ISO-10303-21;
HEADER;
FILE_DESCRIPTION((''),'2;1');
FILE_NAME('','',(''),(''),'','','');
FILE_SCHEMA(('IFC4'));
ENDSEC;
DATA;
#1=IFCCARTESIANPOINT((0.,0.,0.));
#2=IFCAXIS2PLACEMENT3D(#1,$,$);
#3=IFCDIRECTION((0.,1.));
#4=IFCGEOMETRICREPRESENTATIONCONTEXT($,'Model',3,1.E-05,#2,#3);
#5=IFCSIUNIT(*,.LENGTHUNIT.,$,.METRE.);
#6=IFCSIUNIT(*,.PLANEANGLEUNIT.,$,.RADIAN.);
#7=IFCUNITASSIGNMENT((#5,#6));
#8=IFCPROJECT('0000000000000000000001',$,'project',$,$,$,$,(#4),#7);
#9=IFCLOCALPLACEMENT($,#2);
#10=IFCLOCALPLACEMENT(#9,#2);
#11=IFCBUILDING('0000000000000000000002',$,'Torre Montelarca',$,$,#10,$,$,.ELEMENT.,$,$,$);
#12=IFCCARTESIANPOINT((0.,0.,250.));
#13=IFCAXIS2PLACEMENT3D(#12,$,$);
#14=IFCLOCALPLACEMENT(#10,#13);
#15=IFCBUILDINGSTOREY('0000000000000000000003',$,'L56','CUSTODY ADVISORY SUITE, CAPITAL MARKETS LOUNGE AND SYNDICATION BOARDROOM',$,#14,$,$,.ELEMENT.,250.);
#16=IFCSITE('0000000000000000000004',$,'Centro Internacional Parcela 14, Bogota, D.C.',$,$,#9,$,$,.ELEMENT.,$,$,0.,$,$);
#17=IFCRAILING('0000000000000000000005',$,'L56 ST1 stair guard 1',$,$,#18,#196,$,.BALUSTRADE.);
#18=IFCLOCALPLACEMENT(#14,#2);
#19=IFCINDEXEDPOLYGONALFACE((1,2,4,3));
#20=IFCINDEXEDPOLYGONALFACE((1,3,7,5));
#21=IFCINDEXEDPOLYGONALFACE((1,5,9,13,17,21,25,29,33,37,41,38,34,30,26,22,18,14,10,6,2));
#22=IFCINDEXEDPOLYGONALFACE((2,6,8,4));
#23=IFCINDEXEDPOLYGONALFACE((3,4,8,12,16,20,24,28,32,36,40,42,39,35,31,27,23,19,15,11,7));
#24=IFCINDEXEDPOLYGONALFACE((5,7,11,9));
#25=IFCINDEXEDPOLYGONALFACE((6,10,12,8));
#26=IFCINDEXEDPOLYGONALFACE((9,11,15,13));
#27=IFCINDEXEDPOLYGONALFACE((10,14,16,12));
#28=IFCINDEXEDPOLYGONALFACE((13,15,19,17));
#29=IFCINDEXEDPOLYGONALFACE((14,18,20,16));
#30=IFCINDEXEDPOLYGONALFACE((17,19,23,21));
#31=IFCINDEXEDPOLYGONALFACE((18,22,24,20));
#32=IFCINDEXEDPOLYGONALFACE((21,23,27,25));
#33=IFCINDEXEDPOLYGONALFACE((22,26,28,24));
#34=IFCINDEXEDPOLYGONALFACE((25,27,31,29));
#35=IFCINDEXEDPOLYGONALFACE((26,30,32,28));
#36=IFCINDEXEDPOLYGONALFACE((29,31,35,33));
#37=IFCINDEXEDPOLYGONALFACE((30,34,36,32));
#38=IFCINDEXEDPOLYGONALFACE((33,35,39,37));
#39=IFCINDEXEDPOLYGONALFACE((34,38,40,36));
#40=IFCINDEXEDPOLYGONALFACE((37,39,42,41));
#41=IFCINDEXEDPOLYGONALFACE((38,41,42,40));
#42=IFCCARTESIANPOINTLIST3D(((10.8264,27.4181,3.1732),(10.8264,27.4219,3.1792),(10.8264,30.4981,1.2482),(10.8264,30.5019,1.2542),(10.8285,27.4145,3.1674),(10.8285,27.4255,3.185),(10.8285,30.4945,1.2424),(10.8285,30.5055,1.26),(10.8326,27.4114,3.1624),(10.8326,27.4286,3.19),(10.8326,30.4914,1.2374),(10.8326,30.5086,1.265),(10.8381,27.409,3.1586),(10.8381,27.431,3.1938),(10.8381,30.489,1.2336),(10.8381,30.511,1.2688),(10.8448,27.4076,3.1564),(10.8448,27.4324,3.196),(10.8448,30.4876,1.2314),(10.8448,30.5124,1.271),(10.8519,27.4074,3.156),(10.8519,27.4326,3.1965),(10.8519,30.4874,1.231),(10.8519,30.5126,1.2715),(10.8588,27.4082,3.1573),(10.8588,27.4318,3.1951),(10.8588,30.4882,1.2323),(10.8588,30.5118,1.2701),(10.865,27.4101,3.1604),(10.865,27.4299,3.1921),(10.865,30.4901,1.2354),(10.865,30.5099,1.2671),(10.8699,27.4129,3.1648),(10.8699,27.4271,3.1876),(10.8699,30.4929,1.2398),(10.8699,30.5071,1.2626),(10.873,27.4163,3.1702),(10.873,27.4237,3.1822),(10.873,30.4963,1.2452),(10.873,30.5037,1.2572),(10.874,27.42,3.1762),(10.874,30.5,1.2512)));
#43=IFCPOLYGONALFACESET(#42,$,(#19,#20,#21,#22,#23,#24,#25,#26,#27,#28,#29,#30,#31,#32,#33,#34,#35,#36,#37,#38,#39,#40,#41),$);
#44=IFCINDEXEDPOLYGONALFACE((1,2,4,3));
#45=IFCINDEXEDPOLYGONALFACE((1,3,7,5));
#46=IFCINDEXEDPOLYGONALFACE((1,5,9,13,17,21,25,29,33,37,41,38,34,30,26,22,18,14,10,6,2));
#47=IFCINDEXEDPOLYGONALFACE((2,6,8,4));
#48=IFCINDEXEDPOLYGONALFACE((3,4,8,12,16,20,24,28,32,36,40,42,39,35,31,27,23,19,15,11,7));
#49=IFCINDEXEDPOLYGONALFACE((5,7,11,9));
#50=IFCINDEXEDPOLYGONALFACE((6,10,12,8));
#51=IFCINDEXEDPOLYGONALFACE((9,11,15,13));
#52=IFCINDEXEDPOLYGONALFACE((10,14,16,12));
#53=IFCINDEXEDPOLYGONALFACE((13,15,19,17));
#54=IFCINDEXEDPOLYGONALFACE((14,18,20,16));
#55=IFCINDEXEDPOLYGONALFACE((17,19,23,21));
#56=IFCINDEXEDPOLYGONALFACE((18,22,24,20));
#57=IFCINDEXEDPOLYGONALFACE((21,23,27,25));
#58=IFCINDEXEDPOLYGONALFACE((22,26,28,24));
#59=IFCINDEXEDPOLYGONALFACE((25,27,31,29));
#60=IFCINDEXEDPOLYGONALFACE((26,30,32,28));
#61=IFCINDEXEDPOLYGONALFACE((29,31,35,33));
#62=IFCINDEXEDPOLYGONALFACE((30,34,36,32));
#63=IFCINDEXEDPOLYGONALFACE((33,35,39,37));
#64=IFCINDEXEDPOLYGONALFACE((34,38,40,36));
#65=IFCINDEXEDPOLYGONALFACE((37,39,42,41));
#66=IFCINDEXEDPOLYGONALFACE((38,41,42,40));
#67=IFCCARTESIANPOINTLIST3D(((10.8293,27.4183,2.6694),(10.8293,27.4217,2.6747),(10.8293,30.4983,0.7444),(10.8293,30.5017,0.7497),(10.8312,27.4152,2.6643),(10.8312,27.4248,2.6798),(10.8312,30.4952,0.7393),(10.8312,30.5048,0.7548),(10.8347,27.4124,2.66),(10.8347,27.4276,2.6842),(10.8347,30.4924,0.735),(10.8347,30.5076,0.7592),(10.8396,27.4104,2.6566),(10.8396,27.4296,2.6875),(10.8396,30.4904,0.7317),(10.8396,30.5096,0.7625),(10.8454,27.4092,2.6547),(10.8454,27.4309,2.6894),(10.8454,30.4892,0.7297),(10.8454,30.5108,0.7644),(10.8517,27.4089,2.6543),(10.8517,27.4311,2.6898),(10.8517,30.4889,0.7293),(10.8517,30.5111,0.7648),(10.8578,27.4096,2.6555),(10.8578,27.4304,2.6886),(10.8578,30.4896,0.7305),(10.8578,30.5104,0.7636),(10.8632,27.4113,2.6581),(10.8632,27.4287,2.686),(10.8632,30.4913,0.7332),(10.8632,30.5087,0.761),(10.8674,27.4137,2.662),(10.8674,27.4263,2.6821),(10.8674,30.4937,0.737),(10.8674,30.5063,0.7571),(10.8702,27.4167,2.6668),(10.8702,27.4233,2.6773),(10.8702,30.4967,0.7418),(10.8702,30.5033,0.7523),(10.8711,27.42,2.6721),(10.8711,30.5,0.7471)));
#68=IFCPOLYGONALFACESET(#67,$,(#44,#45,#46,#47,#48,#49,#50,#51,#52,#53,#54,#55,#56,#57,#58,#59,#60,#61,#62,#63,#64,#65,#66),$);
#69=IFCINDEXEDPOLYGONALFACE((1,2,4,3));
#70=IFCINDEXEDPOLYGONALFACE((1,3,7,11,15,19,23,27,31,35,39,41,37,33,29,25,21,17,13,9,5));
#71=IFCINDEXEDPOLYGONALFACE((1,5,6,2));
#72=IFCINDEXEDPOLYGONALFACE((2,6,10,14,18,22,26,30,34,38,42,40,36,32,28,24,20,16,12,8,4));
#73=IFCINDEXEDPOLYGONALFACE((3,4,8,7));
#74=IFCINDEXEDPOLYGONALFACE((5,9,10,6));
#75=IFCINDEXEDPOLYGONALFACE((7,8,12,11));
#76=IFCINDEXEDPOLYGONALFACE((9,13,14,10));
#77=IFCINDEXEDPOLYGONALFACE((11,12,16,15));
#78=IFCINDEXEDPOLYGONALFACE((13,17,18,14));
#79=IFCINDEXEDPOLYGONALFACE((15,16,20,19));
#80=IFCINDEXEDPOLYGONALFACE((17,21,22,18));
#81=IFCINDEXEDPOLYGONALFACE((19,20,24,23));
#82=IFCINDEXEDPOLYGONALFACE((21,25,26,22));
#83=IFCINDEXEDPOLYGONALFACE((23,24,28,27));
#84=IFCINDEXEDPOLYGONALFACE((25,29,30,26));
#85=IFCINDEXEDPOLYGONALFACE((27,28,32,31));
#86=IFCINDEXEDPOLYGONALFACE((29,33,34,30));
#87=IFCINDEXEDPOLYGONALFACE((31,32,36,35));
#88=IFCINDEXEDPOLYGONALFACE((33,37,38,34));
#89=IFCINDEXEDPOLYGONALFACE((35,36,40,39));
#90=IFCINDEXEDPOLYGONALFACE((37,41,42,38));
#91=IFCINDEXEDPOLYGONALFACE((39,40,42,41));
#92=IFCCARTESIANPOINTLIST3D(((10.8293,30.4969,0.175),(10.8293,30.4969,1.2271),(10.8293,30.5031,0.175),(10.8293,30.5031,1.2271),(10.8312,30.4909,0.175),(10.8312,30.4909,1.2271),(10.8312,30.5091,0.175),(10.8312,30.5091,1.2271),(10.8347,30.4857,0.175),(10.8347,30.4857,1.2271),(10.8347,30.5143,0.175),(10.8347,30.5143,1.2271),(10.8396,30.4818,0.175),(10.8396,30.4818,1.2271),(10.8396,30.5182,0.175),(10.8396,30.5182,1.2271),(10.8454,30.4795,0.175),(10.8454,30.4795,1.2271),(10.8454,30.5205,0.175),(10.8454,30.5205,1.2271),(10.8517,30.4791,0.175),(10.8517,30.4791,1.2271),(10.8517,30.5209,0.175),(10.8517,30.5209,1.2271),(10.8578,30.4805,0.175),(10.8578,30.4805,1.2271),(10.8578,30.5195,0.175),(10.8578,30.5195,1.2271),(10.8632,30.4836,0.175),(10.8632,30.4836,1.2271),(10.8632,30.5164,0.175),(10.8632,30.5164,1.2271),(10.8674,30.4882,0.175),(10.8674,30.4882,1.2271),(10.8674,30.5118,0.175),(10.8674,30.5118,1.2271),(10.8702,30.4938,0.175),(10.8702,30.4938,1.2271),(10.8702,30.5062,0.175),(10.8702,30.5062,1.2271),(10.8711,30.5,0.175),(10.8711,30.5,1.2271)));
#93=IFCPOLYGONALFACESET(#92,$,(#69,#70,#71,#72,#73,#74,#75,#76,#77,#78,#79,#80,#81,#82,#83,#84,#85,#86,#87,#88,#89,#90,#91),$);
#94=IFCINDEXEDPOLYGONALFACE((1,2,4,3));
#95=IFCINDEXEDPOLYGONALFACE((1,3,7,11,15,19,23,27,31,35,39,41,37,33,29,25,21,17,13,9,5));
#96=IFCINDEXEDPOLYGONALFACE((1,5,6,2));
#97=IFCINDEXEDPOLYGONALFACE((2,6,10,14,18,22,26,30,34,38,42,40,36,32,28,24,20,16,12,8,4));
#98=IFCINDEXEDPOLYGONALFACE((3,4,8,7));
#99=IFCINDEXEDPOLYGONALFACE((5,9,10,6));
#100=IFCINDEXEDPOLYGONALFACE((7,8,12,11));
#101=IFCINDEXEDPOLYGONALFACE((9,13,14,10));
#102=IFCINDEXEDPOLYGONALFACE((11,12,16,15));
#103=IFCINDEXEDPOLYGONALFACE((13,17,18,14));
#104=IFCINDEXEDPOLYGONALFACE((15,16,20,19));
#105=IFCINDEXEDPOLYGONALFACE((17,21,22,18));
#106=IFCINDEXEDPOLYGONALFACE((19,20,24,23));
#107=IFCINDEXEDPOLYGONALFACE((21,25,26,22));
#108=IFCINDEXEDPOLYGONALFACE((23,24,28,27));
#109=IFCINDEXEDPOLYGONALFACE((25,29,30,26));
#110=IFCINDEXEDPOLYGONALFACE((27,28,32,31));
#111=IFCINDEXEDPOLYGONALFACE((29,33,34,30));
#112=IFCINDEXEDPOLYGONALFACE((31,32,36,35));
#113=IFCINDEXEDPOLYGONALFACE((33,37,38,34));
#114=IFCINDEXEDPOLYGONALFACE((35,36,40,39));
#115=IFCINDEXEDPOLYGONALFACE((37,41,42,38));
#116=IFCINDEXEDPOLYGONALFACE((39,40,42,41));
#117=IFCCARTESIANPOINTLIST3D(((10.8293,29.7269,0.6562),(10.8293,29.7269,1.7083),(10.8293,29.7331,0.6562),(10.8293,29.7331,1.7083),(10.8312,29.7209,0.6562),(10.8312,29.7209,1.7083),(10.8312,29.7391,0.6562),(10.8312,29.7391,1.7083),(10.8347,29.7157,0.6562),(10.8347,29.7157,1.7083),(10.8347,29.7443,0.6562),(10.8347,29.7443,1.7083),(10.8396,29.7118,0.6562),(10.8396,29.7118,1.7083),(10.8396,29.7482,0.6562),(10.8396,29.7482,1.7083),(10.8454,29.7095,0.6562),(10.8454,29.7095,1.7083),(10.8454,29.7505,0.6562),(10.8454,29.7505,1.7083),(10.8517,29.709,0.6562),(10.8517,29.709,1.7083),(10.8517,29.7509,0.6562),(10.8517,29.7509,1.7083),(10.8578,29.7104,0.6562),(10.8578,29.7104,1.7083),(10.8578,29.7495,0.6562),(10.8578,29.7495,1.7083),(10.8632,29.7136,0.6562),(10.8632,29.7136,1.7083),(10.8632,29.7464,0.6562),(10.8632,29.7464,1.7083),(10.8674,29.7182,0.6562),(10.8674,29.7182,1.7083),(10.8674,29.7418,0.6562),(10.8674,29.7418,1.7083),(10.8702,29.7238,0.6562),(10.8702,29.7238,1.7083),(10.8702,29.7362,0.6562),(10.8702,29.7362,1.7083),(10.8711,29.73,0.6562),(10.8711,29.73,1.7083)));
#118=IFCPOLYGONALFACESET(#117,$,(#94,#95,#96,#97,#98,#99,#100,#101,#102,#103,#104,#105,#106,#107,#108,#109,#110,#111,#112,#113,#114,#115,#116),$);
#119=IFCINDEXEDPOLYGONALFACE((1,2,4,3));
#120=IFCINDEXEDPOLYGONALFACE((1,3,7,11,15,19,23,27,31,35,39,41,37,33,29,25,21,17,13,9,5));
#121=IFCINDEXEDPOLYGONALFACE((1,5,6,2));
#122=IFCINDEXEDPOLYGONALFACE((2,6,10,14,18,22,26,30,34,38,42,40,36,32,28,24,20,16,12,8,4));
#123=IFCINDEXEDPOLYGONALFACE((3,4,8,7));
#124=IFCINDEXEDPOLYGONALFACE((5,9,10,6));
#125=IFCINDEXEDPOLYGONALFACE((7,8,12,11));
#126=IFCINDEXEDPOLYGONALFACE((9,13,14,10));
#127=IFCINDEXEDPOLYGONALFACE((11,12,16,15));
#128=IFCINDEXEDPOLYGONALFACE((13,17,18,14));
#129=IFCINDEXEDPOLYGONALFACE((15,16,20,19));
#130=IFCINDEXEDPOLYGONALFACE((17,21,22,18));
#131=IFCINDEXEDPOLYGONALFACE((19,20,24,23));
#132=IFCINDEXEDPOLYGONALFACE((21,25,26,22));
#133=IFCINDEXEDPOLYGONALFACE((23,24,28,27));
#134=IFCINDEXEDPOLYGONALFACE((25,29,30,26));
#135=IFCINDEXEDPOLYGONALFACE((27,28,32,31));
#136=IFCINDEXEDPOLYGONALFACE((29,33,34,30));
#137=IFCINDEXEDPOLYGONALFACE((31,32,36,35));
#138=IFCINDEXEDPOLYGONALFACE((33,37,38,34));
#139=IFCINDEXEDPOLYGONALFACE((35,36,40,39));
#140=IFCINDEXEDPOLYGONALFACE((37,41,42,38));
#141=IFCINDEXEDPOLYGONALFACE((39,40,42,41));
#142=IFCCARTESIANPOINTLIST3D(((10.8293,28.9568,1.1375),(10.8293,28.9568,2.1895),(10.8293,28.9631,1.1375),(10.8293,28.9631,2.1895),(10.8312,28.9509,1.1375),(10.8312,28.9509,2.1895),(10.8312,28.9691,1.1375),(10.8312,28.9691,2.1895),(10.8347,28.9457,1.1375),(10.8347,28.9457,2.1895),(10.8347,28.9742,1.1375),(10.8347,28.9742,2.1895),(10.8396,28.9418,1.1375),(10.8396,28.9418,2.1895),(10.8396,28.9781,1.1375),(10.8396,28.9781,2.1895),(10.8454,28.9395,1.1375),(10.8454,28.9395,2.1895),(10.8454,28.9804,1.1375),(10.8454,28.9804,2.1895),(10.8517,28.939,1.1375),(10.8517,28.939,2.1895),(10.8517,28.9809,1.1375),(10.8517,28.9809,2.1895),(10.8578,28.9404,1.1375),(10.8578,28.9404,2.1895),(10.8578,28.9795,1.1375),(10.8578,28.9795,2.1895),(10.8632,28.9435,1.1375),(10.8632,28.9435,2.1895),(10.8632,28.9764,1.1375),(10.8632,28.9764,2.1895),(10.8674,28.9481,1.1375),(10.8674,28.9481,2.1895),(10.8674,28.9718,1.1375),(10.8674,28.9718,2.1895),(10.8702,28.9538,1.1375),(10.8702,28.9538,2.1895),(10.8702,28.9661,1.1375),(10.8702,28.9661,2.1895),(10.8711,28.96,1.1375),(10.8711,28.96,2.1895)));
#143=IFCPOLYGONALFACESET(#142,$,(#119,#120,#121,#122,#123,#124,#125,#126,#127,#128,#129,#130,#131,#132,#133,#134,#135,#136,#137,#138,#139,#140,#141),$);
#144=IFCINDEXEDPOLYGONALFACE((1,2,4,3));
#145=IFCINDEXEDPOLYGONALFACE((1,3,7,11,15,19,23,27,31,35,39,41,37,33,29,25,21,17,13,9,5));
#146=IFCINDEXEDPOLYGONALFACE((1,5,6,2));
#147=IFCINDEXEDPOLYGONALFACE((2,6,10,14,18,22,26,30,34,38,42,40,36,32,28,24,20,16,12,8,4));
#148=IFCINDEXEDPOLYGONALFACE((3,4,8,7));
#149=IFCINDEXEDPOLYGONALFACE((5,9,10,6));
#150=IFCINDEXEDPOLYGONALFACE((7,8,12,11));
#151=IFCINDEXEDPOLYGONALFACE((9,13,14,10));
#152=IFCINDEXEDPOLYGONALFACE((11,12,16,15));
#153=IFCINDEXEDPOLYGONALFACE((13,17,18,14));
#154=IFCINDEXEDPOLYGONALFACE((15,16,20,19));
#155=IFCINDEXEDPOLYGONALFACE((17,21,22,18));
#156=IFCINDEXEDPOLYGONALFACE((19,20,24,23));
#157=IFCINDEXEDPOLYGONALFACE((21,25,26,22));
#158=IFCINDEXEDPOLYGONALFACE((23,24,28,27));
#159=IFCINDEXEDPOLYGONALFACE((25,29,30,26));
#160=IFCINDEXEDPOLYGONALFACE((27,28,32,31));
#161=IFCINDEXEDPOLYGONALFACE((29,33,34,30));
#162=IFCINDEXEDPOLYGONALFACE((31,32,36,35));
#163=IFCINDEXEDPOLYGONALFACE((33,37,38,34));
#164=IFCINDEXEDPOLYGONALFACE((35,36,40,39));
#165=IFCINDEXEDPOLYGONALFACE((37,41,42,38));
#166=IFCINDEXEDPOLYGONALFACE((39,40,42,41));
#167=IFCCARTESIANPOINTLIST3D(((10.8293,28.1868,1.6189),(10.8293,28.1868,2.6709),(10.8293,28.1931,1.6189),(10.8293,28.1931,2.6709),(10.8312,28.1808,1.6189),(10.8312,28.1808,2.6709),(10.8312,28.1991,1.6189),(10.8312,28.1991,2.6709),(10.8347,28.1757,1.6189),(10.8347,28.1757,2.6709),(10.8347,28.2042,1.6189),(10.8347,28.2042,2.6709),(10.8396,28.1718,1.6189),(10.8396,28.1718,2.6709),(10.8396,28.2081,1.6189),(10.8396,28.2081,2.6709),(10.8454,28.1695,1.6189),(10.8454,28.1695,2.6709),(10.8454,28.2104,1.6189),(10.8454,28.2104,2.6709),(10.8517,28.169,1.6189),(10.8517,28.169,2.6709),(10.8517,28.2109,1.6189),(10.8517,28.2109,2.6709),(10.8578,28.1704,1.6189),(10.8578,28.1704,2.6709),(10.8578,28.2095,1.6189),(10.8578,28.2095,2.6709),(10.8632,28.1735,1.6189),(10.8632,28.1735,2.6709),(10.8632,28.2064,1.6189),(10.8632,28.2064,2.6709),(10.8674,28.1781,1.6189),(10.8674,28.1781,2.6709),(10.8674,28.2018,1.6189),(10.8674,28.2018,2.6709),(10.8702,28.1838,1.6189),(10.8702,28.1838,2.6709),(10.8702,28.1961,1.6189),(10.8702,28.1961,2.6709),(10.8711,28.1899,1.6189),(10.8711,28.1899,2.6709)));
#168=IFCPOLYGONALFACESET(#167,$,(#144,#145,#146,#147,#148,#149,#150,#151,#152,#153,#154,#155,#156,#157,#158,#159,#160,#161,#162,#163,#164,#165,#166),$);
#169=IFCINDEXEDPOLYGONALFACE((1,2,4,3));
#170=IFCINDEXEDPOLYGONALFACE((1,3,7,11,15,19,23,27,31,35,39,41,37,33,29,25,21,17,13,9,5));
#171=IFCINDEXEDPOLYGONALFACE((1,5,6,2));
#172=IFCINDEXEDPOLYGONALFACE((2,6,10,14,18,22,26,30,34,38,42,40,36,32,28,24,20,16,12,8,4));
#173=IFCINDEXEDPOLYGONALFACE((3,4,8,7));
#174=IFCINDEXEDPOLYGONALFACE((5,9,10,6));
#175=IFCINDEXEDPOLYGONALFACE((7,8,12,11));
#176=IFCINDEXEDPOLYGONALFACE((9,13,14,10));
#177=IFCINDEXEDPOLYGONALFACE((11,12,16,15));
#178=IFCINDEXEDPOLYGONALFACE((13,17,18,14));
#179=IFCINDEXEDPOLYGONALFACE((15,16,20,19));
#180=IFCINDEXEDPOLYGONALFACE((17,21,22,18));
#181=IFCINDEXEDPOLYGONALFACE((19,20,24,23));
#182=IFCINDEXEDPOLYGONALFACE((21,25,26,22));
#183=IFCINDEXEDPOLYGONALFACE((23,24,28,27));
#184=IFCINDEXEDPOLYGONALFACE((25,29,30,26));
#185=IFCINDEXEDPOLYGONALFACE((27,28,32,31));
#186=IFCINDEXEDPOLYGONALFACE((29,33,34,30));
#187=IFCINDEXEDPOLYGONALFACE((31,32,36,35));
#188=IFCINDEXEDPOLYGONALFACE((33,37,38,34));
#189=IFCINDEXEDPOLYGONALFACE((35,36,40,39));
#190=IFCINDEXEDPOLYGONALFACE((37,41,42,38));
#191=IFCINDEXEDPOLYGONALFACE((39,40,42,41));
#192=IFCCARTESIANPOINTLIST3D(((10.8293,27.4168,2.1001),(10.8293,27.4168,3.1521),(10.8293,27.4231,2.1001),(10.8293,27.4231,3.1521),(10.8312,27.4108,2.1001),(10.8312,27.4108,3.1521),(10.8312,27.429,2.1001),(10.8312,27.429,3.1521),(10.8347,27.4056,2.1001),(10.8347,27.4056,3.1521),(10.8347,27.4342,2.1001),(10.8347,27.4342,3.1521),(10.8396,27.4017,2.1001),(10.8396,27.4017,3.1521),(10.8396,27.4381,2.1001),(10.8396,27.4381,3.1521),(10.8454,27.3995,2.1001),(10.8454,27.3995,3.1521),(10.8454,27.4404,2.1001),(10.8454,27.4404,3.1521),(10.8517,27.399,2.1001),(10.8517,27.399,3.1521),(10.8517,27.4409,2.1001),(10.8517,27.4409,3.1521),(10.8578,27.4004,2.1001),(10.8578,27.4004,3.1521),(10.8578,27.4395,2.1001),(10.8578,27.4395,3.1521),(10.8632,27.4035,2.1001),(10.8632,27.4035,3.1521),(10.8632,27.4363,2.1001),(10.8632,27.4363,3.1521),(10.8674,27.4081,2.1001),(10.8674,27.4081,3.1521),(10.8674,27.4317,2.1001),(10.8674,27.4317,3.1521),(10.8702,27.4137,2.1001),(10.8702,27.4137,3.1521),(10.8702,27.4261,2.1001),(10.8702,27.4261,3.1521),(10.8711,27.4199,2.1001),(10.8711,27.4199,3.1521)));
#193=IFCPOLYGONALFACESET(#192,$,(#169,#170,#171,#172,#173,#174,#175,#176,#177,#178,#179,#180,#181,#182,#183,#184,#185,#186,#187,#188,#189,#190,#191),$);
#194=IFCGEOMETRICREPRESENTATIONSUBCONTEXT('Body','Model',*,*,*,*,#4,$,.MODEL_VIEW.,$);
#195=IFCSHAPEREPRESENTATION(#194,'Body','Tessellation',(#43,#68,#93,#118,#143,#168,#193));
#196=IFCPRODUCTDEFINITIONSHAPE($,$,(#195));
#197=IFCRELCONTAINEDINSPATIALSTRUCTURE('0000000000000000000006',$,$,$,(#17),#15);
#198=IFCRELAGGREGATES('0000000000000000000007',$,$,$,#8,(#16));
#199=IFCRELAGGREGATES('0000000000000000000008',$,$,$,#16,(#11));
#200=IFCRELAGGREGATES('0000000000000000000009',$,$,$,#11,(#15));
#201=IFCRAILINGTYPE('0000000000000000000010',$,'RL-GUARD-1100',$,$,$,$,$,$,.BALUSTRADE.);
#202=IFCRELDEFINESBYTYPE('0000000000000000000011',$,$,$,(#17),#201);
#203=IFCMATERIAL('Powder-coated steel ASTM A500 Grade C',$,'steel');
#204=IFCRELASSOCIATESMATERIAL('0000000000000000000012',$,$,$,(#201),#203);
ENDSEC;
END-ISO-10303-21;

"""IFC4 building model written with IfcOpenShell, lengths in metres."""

from ifc_helpers import new_model, si_unit, direction, frame, origin, origin_2d, place, context, subcontext, project, spatial, circle, extrude, material, type_object, element, save


model = new_model("IFC4")

# Units and contexts
model_context = context("Model", 3, precision=1e-05, world=origin(), true_north=direction((0.0, 1.0)))
body_context = subcontext(model_context, "Body", "Model", "MODEL_VIEW")
ifc_project = project(units=[si_unit("LENGTHUNIT", "METRE"), si_unit("PLANEANGLEUNIT", "RADIAN")], contexts=[model_context])

# Site, building, storey
site_placement = place(None, origin())
site = spatial("IfcSite", under=ifc_project, at=site_placement, Name="Centro Internacional Parcela 14, Bogota, D.C.", CompositionType="ELEMENT", RefElevation=0.0)
building_placement = place(site_placement, origin())
building = spatial("IfcBuilding", under=site, at=building_placement, Name="Torre Montelarca", CompositionType="ELEMENT")
storey_placement = place(building_placement, frame((0.0, 0.0, 250.0)))
storey = spatial("IfcBuildingStorey", under=building, at=storey_placement, Name="L56", Description="CUSTODY ADVISORY SUITE, CAPITAL MARKETS LOUNGE AND SYNDICATION BOARDROOM", CompositionType="ELEMENT", Elevation=250.0)

# Railing
ifc_material_1 = material(Name="Powder-coated steel ASTM A500 Grade C", Category="steel")
railing_type_1 = type_object("IfcRailingType", Name="RL-GUARD-1100", PredefinedType="BALUSTRADE", material=ifc_material_1)
railing_1_placement = place(storey_placement, frame((10.8501, 30.5, 0.175)))
element("IfcRailing", 1, at=railing_1_placement, inside=storey, type_object=railing_type_1, Name="L56 ST1 stair guard 1", PredefinedType="BALUSTRADE", context=body_context, shape_type="SweptSolid", body=[
    extrude(circle(Radius=0.0239, at=origin_2d()), frame((0.0, 0.0, 1.0762), z_axis=(0.0, -0.847998, 0.529999), x_axis=(1.0, 0.0, 0.0)), (0.0, 0.0, 1.0), 3.6321),
    extrude(circle(Radius=0.021, at=origin_2d()), frame((0.0, 0.0, 0.572), z_axis=(0.0, -0.847998, 0.529999), x_axis=(1.0, 0.0, 0.0)), (0.0, 0.0, 1.0), 3.6321),
    extrude(circle(Radius=0.021, at=origin_2d()), origin(), (0.0, 0.0, 1.0), 1.052),
    extrude(circle(Radius=0.021, at=origin_2d()), frame((0.0, -0.77, 0.4812)), (0.0, 0.0, 1.0), 1.052),
    extrude(circle(Radius=0.021, at=origin_2d()), frame((0.0, -1.54, 0.9624)), (0.0, 0.0, 1.0), 1.052),
    extrude(circle(Radius=0.021, at=origin_2d()), frame((0.0, -2.3101, 1.4438)), (0.0, 0.0, 1.0), 1.052),
    extrude(circle(Radius=0.021, at=origin_2d()), frame((0.0, -3.0801, 1.925)), (0.0, 0.0, 1.0), 1.052),
])

save(model, "model.ifc")
